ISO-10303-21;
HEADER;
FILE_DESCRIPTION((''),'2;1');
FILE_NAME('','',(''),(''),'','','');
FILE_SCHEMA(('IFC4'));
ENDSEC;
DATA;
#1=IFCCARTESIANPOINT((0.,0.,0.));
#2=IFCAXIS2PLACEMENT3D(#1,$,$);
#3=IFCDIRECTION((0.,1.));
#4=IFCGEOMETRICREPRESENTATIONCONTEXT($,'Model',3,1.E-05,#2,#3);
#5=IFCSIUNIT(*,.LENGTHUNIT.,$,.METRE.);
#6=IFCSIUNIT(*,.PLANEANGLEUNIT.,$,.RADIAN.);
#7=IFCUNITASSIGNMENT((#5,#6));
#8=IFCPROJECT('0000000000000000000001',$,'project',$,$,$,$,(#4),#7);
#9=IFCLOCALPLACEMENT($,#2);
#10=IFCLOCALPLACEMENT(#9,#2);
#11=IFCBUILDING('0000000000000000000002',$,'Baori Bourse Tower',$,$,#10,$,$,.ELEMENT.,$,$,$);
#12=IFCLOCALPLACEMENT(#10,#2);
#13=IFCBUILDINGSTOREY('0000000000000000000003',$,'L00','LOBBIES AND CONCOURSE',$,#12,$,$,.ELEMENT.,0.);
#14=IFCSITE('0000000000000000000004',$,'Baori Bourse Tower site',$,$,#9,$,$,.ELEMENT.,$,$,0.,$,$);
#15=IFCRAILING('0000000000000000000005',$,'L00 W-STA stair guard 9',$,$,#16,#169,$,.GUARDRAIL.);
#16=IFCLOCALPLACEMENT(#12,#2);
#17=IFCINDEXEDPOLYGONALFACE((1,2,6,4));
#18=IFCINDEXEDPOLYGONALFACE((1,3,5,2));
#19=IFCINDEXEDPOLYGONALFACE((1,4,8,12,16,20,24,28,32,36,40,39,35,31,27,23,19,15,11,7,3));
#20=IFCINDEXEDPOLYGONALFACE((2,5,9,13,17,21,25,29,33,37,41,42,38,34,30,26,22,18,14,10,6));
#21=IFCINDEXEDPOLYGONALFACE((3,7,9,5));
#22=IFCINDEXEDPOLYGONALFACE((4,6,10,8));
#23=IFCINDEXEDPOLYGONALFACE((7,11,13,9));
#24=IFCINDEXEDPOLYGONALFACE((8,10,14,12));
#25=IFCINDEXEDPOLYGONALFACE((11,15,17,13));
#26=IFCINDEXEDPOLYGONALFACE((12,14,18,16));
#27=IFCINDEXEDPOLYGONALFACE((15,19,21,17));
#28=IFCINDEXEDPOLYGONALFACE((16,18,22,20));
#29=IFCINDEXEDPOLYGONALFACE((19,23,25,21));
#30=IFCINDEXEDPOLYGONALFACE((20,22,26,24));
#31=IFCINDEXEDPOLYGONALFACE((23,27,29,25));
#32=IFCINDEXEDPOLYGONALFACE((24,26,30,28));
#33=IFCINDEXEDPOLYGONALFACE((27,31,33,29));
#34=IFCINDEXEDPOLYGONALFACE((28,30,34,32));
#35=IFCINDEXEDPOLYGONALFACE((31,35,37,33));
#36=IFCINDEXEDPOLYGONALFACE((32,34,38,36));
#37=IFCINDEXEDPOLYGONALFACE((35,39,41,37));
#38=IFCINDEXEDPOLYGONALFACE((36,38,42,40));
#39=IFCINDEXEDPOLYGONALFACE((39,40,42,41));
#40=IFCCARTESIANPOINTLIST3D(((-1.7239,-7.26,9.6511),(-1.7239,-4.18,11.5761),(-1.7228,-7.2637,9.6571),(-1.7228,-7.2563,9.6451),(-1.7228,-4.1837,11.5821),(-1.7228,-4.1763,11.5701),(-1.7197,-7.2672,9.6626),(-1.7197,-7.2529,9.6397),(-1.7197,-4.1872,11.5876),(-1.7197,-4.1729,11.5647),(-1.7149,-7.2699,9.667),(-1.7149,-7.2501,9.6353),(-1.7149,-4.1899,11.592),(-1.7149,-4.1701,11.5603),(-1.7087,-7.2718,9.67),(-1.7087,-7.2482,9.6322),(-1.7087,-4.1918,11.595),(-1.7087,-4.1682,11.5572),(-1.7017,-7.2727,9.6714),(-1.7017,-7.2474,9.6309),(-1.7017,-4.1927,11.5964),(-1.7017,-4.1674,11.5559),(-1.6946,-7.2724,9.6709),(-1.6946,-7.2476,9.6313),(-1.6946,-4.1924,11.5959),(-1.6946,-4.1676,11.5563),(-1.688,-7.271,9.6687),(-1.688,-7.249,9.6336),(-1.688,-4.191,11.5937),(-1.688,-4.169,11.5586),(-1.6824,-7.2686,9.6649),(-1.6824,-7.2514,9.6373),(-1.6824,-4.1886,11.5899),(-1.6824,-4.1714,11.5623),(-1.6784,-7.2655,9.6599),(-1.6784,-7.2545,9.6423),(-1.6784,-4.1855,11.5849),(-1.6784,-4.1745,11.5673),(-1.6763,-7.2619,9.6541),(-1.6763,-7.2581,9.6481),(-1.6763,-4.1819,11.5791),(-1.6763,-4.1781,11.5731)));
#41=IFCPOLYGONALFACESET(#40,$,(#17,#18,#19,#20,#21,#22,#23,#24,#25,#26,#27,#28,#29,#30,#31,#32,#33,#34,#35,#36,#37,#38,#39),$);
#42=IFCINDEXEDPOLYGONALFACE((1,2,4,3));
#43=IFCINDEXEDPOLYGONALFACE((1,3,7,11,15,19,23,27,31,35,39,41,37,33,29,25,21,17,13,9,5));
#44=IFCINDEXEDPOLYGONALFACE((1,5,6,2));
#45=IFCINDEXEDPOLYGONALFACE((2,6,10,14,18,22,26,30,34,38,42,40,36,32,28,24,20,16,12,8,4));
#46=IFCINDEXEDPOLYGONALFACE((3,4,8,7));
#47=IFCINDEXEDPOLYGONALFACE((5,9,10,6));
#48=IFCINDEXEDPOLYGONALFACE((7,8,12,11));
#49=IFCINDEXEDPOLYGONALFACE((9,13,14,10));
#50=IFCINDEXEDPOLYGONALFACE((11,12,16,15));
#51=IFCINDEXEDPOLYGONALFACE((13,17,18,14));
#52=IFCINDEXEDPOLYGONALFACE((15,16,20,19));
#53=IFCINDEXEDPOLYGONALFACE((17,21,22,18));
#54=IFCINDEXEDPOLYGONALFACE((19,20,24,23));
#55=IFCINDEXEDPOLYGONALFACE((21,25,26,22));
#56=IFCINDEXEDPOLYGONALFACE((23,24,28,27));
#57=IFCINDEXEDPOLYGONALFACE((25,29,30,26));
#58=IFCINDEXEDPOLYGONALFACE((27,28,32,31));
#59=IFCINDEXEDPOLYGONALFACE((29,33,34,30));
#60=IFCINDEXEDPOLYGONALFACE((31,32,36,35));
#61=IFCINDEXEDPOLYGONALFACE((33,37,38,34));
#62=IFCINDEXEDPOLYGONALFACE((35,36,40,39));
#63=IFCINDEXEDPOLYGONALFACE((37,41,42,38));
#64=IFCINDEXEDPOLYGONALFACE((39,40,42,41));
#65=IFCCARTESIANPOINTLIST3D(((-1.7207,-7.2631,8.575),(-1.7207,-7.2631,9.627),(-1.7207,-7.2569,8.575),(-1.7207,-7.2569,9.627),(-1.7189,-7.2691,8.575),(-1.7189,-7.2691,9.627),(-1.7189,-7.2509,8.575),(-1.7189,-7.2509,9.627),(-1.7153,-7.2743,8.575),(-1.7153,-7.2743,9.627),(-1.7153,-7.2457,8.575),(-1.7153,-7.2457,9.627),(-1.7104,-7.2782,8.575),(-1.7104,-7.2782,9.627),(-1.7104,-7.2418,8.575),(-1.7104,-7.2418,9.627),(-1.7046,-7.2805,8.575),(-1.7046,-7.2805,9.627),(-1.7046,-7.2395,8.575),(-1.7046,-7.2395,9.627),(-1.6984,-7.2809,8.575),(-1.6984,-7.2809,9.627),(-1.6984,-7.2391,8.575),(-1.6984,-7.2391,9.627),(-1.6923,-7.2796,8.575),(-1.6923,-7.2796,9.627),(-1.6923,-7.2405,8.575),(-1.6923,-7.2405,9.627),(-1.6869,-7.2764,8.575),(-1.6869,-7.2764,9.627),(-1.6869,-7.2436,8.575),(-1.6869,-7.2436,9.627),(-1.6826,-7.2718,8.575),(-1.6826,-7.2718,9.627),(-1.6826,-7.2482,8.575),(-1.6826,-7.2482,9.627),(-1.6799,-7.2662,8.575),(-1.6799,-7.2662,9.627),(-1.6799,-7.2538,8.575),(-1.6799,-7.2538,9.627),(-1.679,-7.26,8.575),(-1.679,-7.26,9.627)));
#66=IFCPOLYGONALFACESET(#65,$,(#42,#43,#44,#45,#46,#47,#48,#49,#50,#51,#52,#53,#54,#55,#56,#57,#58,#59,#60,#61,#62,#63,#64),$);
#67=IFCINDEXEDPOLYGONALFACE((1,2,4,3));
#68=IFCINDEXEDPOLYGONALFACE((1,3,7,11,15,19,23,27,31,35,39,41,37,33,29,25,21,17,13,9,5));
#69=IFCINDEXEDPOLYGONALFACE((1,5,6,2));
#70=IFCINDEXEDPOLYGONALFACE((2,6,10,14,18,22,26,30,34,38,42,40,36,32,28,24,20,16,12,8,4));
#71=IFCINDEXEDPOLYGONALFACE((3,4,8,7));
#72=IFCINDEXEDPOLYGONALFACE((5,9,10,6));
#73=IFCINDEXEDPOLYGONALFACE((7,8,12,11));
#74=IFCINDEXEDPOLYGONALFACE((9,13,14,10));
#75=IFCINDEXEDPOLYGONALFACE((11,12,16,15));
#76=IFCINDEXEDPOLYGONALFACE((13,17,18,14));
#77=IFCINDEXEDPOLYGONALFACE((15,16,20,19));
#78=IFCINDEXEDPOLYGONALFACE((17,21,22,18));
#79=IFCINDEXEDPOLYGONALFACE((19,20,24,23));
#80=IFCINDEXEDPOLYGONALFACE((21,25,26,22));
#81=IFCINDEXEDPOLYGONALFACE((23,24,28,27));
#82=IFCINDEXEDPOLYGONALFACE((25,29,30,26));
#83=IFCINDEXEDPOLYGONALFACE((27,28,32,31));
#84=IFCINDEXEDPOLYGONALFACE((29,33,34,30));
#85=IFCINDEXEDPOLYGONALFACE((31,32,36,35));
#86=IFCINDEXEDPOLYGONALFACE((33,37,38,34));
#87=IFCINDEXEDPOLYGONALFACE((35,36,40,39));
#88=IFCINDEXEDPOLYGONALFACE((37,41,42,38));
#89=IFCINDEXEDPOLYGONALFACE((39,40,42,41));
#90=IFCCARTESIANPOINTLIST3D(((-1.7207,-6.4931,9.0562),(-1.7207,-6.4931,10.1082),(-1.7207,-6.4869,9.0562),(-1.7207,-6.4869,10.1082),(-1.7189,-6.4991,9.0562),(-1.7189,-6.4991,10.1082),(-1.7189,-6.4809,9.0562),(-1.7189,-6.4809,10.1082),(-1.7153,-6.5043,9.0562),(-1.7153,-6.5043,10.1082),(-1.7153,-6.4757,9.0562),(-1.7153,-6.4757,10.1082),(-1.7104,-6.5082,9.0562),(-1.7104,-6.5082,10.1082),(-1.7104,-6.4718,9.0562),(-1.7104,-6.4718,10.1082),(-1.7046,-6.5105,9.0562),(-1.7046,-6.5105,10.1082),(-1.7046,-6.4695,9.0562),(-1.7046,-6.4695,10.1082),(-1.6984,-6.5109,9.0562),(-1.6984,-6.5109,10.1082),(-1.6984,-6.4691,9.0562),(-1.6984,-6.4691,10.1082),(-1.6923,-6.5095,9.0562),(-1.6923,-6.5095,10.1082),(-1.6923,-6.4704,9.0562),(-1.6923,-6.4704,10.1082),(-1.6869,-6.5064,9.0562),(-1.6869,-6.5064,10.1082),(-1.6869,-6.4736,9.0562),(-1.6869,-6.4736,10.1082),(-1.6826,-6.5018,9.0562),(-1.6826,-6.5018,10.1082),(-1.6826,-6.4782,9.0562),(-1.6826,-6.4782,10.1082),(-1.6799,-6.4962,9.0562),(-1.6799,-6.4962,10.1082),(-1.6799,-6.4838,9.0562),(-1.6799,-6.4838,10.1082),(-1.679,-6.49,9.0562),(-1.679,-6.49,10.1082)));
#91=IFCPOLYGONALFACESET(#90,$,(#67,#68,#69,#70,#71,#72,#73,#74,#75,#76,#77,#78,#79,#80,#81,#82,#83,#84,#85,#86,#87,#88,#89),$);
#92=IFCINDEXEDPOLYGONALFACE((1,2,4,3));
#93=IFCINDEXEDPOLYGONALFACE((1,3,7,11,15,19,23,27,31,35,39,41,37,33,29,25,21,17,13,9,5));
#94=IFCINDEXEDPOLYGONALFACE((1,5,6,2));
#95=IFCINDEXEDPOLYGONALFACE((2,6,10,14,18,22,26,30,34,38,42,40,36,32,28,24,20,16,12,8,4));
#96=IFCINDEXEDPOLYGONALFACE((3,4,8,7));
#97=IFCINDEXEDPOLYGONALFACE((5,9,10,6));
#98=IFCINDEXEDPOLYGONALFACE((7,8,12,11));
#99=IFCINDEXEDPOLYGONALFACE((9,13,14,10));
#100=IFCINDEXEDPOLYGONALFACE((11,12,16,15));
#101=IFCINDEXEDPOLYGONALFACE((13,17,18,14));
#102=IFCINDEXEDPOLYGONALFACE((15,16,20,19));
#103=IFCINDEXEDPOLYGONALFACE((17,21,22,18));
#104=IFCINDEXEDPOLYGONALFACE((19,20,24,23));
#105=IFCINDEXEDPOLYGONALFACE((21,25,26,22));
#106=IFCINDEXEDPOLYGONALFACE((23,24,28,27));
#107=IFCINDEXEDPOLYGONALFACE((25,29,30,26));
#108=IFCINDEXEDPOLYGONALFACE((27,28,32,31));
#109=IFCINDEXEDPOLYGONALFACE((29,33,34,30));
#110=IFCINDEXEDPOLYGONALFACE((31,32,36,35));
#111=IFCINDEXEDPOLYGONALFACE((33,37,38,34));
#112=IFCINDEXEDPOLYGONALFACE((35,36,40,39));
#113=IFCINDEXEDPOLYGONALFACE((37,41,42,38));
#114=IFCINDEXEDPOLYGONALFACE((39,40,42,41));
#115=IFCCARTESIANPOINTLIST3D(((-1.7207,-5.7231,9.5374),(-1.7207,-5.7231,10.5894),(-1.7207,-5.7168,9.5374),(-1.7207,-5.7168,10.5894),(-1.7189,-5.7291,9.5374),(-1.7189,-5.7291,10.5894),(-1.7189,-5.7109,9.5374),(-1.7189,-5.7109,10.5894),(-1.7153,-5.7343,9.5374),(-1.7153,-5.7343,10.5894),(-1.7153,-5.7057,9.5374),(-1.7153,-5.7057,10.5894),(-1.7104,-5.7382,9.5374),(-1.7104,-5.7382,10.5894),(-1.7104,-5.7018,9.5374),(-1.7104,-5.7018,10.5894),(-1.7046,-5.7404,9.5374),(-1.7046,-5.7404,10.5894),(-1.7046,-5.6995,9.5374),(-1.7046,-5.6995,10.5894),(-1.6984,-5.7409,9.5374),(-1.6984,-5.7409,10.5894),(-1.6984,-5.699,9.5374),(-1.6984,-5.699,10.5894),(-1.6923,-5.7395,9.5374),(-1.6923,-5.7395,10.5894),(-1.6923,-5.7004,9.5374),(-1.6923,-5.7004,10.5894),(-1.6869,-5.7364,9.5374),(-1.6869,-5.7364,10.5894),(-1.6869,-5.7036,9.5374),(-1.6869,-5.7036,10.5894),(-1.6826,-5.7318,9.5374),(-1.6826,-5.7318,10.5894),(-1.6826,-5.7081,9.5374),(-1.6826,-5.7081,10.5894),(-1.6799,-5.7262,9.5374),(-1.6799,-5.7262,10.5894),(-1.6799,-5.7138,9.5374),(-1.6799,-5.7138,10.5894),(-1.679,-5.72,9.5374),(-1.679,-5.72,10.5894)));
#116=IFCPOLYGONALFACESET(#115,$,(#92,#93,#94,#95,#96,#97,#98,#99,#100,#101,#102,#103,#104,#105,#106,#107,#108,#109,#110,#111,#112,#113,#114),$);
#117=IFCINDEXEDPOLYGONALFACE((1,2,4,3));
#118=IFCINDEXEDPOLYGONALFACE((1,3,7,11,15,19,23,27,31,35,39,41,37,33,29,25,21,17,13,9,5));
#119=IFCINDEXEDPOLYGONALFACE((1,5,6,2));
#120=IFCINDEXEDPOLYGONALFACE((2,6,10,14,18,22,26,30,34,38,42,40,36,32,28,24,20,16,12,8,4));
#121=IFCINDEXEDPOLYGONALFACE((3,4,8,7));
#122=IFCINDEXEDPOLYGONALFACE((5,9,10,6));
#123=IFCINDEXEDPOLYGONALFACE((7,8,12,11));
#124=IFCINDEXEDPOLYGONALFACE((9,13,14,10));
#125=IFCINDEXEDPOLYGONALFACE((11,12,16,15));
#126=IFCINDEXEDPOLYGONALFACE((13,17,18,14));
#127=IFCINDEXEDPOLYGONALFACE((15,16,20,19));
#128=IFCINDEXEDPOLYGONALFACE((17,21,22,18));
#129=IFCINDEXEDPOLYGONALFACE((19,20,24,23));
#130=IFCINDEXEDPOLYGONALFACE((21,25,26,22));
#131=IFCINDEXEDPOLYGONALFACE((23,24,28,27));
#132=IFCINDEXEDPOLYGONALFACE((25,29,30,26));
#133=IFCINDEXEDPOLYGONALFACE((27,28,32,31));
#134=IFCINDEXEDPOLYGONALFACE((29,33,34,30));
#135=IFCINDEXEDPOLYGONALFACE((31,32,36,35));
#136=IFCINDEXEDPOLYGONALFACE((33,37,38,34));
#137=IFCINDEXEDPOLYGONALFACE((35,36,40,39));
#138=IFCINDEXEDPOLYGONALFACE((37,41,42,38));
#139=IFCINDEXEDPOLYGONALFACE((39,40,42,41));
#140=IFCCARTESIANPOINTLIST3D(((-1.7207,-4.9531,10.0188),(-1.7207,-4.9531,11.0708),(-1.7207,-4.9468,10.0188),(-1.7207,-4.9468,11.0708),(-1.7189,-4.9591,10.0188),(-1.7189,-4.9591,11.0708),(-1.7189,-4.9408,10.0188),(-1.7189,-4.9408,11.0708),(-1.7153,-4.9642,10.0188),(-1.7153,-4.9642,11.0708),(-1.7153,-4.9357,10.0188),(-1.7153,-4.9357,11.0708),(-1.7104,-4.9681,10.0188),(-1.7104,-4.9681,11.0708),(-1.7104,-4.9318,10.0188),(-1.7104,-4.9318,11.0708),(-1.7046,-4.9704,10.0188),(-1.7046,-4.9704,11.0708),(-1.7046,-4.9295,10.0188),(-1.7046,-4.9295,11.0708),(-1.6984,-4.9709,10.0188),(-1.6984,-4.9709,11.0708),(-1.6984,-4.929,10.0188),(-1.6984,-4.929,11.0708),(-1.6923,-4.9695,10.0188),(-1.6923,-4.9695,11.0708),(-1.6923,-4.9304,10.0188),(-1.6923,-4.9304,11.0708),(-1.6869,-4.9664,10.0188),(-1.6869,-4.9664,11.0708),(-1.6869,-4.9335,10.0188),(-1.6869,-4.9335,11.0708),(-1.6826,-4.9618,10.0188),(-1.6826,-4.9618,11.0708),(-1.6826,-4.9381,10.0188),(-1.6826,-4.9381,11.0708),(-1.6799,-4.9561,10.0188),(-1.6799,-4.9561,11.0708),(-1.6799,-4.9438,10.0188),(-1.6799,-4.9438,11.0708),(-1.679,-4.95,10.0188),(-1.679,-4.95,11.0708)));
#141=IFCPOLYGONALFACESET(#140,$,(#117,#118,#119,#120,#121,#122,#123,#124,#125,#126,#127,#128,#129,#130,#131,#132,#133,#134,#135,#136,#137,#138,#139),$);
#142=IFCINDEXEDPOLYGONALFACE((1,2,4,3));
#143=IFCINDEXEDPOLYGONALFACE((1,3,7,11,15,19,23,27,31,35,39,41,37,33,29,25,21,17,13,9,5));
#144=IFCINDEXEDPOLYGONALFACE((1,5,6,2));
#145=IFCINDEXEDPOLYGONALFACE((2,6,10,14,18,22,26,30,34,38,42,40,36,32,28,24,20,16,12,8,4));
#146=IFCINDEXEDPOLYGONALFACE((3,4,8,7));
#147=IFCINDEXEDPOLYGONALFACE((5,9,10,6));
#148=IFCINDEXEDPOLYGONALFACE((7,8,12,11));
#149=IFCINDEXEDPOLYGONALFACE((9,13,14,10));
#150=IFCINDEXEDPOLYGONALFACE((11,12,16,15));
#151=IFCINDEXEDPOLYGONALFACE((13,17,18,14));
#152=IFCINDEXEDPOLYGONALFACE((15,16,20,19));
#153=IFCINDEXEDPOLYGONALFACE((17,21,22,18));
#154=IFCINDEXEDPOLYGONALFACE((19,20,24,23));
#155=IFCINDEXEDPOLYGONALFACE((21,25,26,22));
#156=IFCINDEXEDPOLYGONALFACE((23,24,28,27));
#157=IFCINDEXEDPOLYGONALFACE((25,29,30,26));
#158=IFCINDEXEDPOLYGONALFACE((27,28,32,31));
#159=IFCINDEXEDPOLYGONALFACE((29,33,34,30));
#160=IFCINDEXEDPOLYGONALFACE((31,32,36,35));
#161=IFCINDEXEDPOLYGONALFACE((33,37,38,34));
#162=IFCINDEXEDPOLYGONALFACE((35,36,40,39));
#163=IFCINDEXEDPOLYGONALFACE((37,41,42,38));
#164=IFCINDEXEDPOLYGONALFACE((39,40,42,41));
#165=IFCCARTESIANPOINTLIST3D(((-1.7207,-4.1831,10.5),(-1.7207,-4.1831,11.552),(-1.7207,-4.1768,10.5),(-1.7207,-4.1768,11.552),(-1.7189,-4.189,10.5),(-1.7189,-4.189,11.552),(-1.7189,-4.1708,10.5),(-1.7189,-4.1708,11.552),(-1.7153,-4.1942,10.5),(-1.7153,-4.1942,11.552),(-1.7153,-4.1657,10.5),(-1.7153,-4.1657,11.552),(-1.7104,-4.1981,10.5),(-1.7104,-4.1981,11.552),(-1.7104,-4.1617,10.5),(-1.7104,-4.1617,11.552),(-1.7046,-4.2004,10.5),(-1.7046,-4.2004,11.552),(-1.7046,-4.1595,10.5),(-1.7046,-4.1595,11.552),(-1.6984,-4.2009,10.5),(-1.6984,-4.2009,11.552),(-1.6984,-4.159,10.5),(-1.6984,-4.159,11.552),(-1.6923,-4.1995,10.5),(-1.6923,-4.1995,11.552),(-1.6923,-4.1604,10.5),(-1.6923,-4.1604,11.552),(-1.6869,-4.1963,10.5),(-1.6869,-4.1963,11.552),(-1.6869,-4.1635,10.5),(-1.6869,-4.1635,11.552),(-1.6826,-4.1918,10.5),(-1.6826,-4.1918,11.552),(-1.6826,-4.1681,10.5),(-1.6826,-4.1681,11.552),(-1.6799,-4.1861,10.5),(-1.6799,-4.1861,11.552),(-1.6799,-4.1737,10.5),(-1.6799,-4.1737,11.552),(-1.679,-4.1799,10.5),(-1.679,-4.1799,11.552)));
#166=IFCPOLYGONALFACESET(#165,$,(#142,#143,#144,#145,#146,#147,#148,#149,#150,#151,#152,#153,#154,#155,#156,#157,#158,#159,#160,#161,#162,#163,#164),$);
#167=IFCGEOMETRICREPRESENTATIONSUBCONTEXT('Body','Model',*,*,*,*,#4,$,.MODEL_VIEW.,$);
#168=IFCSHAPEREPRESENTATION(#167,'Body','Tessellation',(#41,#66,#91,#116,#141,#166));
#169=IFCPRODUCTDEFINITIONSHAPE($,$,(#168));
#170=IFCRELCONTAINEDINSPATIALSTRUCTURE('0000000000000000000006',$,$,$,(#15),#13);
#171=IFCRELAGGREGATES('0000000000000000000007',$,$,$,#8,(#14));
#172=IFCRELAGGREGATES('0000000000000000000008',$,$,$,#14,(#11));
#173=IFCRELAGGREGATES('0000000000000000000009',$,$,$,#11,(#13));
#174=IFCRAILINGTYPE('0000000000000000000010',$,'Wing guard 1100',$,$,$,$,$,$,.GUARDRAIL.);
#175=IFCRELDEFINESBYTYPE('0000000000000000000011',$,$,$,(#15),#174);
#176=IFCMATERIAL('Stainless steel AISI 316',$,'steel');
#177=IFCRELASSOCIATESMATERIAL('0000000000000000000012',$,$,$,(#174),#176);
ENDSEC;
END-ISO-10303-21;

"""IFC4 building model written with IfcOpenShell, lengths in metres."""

from ifc_helpers import new_model, si_unit, direction, frame, origin, origin_2d, place, context, subcontext, project, spatial, circle, extrude, material, type_object, element, save


model = new_model("IFC4")

# Units and contexts
model_context = context("Model", 3, precision=1e-05, world=origin(), true_north=direction((0.0, 1.0)))
body_context = subcontext(model_context, "Body", "Model", "MODEL_VIEW")
ifc_project = project(units=[si_unit("LENGTHUNIT", "METRE"), si_unit("PLANEANGLEUNIT", "RADIAN")], contexts=[model_context])

# Site, building, storey
site_placement = place(None, origin())
site = spatial("IfcSite", under=ifc_project, at=site_placement, Name="Baori Bourse Tower site", CompositionType="ELEMENT", RefElevation=0.0)
building_placement = place(site_placement, origin())
building = spatial("IfcBuilding", under=site, at=building_placement, Name="Baori Bourse Tower", CompositionType="ELEMENT")
storey_placement = place(building_placement, origin())
storey = spatial("IfcBuildingStorey", under=building, at=storey_placement, Name="L00", Description="LOBBIES AND CONCOURSE", CompositionType="ELEMENT", Elevation=0.0)

# Railing
ifc_material_1 = material(Name="Stainless steel AISI 316", Category="steel")
railing_type_1 = type_object("IfcRailingType", Name="Wing guard 1100", PredefinedType="GUARDRAIL", material=ifc_material_1)
for number, where, name in (
    (1, (-1.7, -7.26, 8.575), "L00 W-STA stair guard 9"),
):
    element("IfcRailing", number, at=place(storey_placement, frame(where)), inside=storey, type_object=railing_type_1, Name=name, PredefinedType="GUARDRAIL", context=body_context, shape_type="SweptSolid", body=[
        extrude(circle(Radius=0.0239, at=origin_2d()), frame((0.0, 0.0, 1.0762), z_axis=(0.0, 0.847998, 0.529999), x_axis=(-1.0, 0.0, 0.0)), (0.0, 0.0, 1.0), 3.6321),
        extrude(circle(Radius=0.021, at=origin_2d()), origin(), (0.0, 0.0, 1.0), 1.052),
        extrude(circle(Radius=0.021, at=origin_2d()), frame((0.0, 0.77, 0.4812)), (0.0, 0.0, 1.0), 1.052),
        extrude(circle(Radius=0.021, at=origin_2d()), frame((0.0, 1.54, 0.9624)), (0.0, 0.0, 1.0), 1.052),
        extrude(circle(Radius=0.021, at=origin_2d()), frame((0.0, 2.3101, 1.4438)), (0.0, 0.0, 1.0), 1.052),
        extrude(circle(Radius=0.021, at=origin_2d()), frame((0.0, 3.0801, 1.925)), (0.0, 0.0, 1.0), 1.052),
    ])

save(model, "model.ifc")
